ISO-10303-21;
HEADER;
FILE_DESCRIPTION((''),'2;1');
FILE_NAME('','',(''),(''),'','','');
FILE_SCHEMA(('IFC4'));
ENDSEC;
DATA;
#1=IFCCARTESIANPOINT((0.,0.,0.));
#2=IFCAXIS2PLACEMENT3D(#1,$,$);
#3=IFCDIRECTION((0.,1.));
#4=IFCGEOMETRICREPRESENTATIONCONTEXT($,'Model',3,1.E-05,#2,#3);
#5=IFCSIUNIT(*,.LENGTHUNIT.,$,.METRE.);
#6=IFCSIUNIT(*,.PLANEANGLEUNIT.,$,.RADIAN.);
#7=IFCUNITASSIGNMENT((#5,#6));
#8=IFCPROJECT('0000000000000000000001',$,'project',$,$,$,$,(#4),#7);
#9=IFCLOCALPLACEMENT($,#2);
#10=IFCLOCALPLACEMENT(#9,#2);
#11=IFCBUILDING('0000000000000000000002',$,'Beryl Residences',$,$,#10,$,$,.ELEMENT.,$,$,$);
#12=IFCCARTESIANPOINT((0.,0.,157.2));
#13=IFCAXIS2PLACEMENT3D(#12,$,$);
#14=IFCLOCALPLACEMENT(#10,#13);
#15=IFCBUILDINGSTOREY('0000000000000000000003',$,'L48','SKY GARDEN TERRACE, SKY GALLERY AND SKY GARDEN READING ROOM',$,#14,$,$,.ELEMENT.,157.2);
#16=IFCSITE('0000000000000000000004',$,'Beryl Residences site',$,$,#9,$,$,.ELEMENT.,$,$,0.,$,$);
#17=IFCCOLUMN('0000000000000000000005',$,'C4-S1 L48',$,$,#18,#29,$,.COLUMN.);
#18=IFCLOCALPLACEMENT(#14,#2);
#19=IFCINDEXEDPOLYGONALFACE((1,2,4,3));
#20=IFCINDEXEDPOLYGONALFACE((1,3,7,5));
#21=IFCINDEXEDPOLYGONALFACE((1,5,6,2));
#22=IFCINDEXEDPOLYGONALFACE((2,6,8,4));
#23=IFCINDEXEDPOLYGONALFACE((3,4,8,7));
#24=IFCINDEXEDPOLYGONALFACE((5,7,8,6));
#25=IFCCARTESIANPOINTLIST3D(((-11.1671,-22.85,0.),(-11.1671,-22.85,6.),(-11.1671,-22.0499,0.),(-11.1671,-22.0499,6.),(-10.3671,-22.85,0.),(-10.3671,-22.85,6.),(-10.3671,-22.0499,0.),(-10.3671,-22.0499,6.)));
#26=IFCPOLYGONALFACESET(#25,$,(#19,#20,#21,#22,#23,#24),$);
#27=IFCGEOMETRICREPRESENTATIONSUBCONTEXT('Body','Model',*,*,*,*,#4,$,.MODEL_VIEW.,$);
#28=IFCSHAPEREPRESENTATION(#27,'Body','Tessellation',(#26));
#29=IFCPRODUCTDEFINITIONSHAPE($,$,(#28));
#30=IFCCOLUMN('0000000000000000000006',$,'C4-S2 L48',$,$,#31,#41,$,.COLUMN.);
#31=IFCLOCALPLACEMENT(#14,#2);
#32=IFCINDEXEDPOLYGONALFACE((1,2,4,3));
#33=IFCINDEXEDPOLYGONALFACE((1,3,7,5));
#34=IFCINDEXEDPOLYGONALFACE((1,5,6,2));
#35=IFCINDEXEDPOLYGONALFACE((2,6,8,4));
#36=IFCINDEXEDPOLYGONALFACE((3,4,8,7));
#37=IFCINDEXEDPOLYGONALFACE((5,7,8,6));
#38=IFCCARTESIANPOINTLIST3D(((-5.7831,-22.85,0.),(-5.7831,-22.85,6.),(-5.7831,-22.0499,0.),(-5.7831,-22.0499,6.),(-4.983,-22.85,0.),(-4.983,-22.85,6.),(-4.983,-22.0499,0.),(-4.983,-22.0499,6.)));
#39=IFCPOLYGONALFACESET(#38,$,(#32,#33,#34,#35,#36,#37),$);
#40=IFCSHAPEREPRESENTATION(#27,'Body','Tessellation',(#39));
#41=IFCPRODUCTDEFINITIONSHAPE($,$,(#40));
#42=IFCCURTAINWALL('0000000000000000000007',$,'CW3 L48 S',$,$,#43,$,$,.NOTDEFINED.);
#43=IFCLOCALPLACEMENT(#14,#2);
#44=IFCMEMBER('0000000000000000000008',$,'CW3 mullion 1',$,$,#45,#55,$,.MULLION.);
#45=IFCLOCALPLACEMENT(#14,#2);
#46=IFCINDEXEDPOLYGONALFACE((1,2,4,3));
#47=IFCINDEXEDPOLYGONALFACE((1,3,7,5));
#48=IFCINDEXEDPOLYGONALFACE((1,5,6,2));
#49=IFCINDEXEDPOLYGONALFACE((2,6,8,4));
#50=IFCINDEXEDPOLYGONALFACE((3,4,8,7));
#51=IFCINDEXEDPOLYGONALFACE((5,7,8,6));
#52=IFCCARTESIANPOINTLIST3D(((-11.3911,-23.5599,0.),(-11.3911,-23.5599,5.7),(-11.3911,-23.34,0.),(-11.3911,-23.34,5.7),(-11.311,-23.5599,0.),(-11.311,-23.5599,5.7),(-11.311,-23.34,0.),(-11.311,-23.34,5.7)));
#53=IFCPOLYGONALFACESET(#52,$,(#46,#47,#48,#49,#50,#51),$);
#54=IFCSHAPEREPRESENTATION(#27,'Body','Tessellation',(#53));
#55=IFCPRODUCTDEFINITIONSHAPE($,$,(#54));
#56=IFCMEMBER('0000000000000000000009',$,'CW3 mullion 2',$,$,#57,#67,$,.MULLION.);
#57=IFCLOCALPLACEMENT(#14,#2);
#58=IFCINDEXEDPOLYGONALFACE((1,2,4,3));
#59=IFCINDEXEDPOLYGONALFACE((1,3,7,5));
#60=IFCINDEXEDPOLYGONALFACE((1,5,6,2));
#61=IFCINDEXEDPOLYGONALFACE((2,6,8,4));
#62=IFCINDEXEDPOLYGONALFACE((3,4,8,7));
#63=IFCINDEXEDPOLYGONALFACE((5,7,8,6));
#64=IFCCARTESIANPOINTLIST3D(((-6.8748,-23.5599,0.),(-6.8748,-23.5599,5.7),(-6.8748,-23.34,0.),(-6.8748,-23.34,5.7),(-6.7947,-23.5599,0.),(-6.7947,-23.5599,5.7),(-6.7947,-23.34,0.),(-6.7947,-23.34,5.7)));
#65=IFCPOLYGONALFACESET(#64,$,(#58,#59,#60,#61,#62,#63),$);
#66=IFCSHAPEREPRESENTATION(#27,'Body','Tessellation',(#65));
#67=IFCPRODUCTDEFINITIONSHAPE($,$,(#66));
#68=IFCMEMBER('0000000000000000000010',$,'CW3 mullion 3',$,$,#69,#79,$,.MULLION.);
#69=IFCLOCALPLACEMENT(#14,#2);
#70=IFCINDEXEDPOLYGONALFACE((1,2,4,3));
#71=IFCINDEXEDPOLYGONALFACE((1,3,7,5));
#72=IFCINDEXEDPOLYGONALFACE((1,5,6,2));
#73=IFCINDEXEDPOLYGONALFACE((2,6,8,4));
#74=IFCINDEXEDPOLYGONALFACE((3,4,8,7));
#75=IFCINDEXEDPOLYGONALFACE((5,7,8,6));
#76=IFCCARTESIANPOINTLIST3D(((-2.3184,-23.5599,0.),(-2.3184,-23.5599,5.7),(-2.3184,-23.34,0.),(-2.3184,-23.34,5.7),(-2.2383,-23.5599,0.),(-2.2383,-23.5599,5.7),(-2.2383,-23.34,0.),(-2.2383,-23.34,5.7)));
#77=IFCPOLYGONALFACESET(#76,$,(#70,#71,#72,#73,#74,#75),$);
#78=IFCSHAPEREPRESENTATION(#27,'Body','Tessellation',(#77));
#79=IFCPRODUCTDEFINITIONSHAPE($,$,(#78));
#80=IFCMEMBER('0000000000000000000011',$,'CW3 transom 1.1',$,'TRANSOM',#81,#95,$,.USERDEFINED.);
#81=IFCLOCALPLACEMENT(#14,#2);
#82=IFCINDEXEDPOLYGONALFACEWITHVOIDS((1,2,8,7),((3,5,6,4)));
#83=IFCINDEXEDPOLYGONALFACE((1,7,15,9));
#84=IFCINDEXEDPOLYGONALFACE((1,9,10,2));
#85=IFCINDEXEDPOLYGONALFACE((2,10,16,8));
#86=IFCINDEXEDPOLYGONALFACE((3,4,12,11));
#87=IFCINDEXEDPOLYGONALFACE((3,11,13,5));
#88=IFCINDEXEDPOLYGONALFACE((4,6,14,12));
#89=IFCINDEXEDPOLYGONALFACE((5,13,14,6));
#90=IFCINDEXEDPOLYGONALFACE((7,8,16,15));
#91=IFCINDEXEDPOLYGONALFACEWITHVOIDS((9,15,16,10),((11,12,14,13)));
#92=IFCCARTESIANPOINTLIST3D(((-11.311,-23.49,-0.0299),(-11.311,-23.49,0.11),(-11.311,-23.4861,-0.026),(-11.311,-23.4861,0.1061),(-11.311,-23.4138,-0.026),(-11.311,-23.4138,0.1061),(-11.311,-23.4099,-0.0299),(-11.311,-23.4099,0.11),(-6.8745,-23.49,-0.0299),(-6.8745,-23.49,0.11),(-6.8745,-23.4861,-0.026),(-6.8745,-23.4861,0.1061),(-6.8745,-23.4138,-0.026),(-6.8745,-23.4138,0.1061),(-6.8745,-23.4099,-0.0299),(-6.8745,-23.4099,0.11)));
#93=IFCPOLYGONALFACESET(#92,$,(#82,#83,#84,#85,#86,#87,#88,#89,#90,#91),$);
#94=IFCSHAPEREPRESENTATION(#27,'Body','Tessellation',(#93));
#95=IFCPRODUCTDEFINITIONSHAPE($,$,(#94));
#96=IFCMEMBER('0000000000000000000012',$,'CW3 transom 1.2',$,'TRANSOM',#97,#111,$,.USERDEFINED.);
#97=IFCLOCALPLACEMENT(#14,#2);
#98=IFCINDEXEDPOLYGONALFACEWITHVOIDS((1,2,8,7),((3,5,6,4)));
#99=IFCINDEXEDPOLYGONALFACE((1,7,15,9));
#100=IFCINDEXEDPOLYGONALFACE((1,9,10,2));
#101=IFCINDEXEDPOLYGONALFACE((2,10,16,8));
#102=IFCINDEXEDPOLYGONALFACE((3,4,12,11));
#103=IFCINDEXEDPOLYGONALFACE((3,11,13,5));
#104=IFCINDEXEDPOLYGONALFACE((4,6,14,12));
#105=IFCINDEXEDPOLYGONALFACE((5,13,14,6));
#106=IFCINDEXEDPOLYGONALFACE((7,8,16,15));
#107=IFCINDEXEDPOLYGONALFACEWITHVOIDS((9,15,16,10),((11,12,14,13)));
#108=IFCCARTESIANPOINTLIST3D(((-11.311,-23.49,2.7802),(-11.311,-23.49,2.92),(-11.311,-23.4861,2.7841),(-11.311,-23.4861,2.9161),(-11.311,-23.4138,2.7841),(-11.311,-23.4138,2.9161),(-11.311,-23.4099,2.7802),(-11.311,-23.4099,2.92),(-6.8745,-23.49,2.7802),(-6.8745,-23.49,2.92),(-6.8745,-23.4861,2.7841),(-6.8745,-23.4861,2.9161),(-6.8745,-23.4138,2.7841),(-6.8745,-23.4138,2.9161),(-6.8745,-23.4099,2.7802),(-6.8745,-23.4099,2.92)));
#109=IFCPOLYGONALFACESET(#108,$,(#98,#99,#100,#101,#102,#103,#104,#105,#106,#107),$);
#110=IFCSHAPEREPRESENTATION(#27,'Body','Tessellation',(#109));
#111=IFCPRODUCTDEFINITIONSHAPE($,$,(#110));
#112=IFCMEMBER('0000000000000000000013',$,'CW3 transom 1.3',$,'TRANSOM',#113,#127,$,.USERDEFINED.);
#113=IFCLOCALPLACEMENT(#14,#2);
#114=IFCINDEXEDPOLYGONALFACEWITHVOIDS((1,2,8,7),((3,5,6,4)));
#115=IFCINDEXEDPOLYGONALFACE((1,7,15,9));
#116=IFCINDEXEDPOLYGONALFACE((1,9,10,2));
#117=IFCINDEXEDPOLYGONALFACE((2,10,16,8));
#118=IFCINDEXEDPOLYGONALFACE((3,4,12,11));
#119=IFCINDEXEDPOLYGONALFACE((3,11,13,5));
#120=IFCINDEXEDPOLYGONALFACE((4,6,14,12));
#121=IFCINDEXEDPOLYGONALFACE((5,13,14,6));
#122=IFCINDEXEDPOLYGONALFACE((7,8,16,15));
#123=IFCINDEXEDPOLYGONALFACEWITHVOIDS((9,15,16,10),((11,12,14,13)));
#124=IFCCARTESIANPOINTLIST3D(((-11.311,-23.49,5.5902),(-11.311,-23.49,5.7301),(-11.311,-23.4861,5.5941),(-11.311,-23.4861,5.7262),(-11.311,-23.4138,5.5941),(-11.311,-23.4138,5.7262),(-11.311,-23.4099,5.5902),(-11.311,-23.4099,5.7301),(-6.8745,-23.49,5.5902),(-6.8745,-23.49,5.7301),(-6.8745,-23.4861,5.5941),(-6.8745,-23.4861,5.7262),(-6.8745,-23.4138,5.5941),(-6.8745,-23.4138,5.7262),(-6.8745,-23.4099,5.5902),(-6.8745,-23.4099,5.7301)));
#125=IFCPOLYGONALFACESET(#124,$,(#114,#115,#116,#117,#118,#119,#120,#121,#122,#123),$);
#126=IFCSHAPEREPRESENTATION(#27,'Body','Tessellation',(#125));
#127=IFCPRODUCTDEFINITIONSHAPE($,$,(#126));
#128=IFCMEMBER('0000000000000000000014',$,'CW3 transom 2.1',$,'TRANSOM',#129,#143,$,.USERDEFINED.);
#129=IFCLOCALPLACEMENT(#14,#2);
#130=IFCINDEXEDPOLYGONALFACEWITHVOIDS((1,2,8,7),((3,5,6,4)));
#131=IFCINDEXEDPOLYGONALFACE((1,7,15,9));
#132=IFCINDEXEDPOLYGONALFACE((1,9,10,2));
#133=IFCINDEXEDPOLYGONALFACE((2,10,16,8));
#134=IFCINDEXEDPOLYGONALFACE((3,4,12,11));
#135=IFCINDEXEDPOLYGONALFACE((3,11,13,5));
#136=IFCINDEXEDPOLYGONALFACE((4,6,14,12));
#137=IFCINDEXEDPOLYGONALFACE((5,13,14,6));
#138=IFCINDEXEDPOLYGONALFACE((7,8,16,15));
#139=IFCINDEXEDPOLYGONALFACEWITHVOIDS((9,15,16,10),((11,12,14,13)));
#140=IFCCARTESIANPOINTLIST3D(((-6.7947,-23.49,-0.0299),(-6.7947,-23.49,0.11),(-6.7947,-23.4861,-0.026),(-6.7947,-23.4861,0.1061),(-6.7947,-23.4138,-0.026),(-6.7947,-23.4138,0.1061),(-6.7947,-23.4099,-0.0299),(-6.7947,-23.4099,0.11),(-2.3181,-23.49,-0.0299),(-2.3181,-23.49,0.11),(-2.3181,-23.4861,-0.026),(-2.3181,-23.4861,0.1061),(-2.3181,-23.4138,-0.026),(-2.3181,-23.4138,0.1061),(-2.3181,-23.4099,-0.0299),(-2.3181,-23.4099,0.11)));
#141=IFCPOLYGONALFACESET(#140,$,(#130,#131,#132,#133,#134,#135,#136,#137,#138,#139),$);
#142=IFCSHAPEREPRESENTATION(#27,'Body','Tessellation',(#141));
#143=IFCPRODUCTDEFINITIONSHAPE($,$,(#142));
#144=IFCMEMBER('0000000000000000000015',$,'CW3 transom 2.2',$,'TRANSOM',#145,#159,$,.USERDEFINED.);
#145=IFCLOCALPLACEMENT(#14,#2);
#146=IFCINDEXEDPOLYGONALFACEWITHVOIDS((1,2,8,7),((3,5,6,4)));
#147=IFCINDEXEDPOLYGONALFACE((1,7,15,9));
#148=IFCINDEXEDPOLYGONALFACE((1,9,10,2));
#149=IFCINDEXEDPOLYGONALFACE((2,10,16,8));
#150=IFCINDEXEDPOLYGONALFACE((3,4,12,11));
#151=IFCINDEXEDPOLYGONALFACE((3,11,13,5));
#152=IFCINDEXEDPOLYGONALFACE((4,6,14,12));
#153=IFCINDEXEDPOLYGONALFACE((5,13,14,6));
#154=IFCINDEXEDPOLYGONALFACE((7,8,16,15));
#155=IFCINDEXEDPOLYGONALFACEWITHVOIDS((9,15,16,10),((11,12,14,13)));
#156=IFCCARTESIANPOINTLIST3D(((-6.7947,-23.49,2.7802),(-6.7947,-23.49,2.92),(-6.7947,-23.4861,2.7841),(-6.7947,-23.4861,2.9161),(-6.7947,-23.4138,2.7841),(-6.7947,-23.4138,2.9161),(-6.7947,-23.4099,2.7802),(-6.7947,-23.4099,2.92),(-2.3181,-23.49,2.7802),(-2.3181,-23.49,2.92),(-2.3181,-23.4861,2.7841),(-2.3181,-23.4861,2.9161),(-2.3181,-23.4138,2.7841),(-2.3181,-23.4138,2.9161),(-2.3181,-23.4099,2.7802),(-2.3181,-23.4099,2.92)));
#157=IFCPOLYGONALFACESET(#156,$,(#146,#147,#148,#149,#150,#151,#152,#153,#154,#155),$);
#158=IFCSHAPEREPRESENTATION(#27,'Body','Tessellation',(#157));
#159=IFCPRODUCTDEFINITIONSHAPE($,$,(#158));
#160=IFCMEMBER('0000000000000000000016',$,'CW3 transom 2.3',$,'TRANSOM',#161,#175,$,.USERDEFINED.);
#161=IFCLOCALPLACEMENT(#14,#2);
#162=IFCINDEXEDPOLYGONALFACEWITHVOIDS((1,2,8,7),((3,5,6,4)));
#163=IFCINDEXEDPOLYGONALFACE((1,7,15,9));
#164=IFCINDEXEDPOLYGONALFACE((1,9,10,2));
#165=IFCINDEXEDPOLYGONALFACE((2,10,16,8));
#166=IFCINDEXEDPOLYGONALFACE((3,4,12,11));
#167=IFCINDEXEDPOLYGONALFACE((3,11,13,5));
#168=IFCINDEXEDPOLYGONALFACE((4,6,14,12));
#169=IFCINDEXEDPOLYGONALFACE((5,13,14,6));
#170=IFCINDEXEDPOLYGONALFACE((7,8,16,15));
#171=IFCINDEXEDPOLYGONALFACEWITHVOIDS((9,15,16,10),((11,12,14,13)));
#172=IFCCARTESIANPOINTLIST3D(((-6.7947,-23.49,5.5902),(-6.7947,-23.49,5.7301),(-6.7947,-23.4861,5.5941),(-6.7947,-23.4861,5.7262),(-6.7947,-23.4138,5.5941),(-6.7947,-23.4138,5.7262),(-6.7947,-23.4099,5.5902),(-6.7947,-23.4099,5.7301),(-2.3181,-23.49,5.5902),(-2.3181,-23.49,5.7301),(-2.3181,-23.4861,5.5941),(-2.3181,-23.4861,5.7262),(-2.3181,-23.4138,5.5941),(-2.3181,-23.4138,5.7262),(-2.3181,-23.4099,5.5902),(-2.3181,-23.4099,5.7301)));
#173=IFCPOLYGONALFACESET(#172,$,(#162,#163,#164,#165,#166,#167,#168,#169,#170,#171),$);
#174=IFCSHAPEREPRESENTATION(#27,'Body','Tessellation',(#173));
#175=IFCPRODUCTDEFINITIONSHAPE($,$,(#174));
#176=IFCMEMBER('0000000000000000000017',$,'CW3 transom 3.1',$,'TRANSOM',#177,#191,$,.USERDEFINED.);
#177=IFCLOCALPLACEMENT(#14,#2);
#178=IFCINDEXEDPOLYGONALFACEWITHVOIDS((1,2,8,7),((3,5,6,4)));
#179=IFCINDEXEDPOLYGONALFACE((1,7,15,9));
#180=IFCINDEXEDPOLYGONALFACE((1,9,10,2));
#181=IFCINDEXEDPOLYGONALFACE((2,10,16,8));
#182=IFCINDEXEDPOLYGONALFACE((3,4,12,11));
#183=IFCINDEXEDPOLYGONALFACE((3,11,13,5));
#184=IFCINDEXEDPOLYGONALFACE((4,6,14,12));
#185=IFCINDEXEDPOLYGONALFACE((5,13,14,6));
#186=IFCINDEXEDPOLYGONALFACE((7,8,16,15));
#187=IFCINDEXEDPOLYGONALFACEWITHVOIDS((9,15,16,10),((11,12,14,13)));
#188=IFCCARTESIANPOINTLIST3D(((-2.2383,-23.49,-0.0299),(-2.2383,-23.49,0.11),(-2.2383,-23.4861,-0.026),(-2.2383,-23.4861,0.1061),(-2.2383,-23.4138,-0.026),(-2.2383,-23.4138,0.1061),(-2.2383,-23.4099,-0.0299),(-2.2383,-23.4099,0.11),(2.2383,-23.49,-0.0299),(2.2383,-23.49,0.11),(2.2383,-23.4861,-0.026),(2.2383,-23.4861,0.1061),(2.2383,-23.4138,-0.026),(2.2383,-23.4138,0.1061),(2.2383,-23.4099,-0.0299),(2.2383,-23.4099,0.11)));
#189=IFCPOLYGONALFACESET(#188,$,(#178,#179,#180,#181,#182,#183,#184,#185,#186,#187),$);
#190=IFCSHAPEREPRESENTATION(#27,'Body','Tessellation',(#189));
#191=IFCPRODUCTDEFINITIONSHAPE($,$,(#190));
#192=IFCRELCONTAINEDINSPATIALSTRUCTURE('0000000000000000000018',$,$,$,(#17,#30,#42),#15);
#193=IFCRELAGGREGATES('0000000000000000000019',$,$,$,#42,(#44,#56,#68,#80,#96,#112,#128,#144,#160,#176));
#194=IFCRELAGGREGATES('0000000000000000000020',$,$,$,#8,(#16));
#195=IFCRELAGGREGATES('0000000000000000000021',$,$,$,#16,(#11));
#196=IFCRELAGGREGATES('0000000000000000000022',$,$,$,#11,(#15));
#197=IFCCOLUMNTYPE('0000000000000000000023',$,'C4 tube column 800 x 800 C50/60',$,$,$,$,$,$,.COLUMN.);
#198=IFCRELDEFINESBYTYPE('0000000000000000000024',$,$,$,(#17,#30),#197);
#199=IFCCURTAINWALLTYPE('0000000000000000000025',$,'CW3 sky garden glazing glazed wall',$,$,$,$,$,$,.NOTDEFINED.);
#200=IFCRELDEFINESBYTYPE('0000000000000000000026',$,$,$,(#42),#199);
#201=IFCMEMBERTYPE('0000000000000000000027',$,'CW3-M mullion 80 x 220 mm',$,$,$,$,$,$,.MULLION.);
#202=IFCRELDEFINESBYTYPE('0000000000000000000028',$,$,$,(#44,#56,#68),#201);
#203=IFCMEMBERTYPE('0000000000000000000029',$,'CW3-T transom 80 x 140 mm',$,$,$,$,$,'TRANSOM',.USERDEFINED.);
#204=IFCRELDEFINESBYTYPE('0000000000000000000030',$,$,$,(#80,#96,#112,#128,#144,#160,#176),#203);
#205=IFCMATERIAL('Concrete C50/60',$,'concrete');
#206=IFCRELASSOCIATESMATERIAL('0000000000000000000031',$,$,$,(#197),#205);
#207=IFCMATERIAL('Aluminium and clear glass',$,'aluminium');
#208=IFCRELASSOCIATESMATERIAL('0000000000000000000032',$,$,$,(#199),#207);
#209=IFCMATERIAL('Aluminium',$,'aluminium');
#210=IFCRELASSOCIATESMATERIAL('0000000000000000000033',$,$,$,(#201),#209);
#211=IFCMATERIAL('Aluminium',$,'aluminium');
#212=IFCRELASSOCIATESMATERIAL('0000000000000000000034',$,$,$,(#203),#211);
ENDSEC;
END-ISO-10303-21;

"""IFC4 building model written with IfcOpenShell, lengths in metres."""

from ifc_helpers import new_model, si_unit, direction, frame, origin, origin_2d, place, context, subcontext, project, spatial, rectangle, hollow_rectangle, extrude, material, material_profile, profile_set, type_object, element, aggregate, save


model = new_model("IFC4")

# Units and contexts
model_context = context("Model", 3, precision=1e-05, world=origin(), true_north=direction((0.0, 1.0)))
body_context = subcontext(model_context, "Body", "Model", "MODEL_VIEW")
ifc_project = project(units=[si_unit("LENGTHUNIT", "METRE"), si_unit("PLANEANGLEUNIT", "RADIAN")], contexts=[model_context])

# Site, building, storey
site_placement = place(None, origin())
site = spatial("IfcSite", under=ifc_project, at=site_placement, Name="Beryl Residences site", CompositionType="ELEMENT", RefElevation=0.0)
building_placement = place(site_placement, origin())
building = spatial("IfcBuilding", under=site, at=building_placement, Name="Beryl Residences", CompositionType="ELEMENT")
storey_placement = place(building_placement, frame((0.0, 0.0, 157.2)))
storey = spatial("IfcBuildingStorey", under=building, at=storey_placement, Name="L48", Description="SKY GARDEN TERRACE, SKY GALLERY AND SKY GARDEN READING ROOM", CompositionType="ELEMENT", Elevation=157.2)

# Columns
ifc_material_1 = material(Name="Concrete C50/60", Category="concrete")
ifc_material_profile_1 = material_profile(ifc_material_1, rectangle(XDim=0.8, YDim=0.8, at=origin_2d()))
ifc_profile_set_1 = profile_set([ifc_material_profile_1], Name="Concrete C50/60")
column_type = type_object("IfcColumnType", Name="C4 tube column 800 x 800 C50/60", PredefinedType="COLUMN", material=ifc_profile_set_1)
for number, where, z_axis, x_axis, name in (
    (1, (-10.7671, -22.45, 0.0), (0.0, 0.0, 1.0), (1.0, 0.0, 0.0), "C4-S1 L48"),
    (2, (-5.3831, -22.45, 0.0), (0.0, 0.0, 1.0), (1.0, 0.0, 0.0), "C4-S2 L48"),
):
    element("IfcColumn", number, at=place(storey_placement, frame(where, z_axis=z_axis, x_axis=x_axis)), inside=storey, type_object=column_type, Name=name, PredefinedType="COLUMN", context=body_context, shape_type="SweptSolid", body=[
        extrude(rectangle(XDim=0.8, YDim=0.8, at=origin_2d()), origin(), (0.0, 0.0, 1.0), 6.0),
    ])

# Curtain wall, members
ifc_material_2 = material(Name="Aluminium and clear glass", Category="aluminium")
curtain_wall_type = type_object("IfcCurtainWallType", Name="CW3 sky garden glazing glazed wall", PredefinedType="NOTDEFINED", material=ifc_material_2)
curtain_wall_placement = place(storey_placement, origin())
curtain_wall = element("IfcCurtainWall", 3, at=curtain_wall_placement, inside=storey, type_object=curtain_wall_type, Name="CW3 L48 S", PredefinedType="NOTDEFINED")
ifc_material_3 = material(Name="Aluminium", Category="aluminium")
ifc_material_profile_2 = material_profile(ifc_material_3, rectangle(XDim=0.0801, YDim=0.22, at=origin_2d()))
ifc_profile_set_2 = profile_set([ifc_material_profile_2], Name="Aluminium")
member_type_1 = type_object("IfcMemberType", Name="CW3-M mullion 80 x 220 mm", PredefinedType="MULLION", material=ifc_profile_set_2)
member_1_placement = place(storey_placement, frame((-11.3511, -23.45, 0.0), z_axis=(0.0, 0.0, 1.0), x_axis=(1.0, 0.0, 0.0)))
member_1 = element("IfcMember", 4, at=member_1_placement, type_object=member_type_1, Name="CW3 mullion 1", PredefinedType="MULLION", context=body_context, shape_type="SweptSolid", body=[
    extrude(rectangle(XDim=0.0801, YDim=0.22, at=origin_2d()), origin(), (0.0, 0.0, 1.0), 5.7),
])
member_2_placement = place(storey_placement, frame((-6.8347, -23.45, 0.0), z_axis=(0.0, 0.0, 1.0), x_axis=(1.0, 0.0, 0.0)))
member_2 = element("IfcMember", 5, at=member_2_placement, type_object=member_type_1, Name="CW3 mullion 2", PredefinedType="MULLION", context=body_context, shape_type="SweptSolid", body=[
    extrude(rectangle(XDim=0.0801, YDim=0.22, at=origin_2d()), origin(), (0.0, 0.0, 1.0), 5.7),
])
member_3_placement = place(storey_placement, frame((-2.2783, -23.45, 0.0), z_axis=(0.0, 0.0, 1.0), x_axis=(1.0, 0.0, 0.0)))
member_3 = element("IfcMember", 6, at=member_3_placement, type_object=member_type_1, Name="CW3 mullion 3", PredefinedType="MULLION", context=body_context, shape_type="SweptSolid", body=[
    extrude(rectangle(XDim=0.0801, YDim=0.22, at=origin_2d()), origin(), (0.0, 0.0, 1.0), 5.7),
])
ifc_material_4 = material(Name="Aluminium", Category="aluminium")
ifc_material_profile_3 = material_profile(ifc_material_4, hollow_rectangle(XDim=0.0801, YDim=0.1399, WallThickness=0.0039, at=origin_2d()))
ifc_profile_set_3 = profile_set([ifc_material_profile_3], Name="Aluminium")
member_type_2 = type_object("IfcMemberType", Name="CW3-T transom 80 x 140 mm", ElementType="TRANSOM", PredefinedType="USERDEFINED", material=ifc_profile_set_3)
member_4_placement = place(storey_placement, frame((-11.311, -23.45, 0.04), z_axis=(1.0, 0.0, 0.0), x_axis=(0.0, 1.0, 0.0)))
member_4 = element("IfcMember", 7, at=member_4_placement, type_object=member_type_2, Name="CW3 transom 1.1", ObjectType="TRANSOM", PredefinedType="USERDEFINED", context=body_context, shape_type="SweptSolid", body=[
    extrude(hollow_rectangle(XDim=0.0801, YDim=0.1399, WallThickness=0.0039, at=origin_2d()), origin(), (0.0, 0.0, 1.0), 4.4365),
])
member_5_placement = place(storey_placement, frame((-11.311, -23.45, 2.8501), z_axis=(1.0, 0.0, 0.0), x_axis=(0.0, 1.0, 0.0)))
member_5 = element("IfcMember", 8, at=member_5_placement, type_object=member_type_2, Name="CW3 transom 1.2", ObjectType="TRANSOM", PredefinedType="USERDEFINED", context=body_context, shape_type="SweptSolid", body=[
    extrude(hollow_rectangle(XDim=0.0801, YDim=0.1399, WallThickness=0.0039, at=origin_2d()), origin(), (0.0, 0.0, 1.0), 4.4365),
])
member_6_placement = place(storey_placement, frame((-11.311, -23.45, 5.6602), z_axis=(1.0, 0.0, 0.0), x_axis=(0.0, 1.0, 0.0)))
member_6 = element("IfcMember", 9, at=member_6_placement, type_object=member_type_2, Name="CW3 transom 1.3", ObjectType="TRANSOM", PredefinedType="USERDEFINED", context=body_context, shape_type="SweptSolid", body=[
    extrude(hollow_rectangle(XDim=0.0801, YDim=0.1399, WallThickness=0.0039, at=origin_2d()), origin(), (0.0, 0.0, 1.0), 4.4365),
])
member_7_placement = place(storey_placement, frame((-6.7947, -23.45, 0.04), z_axis=(1.0, 0.0, 0.0), x_axis=(0.0, 1.0, 0.0)))
member_7 = element("IfcMember", 10, at=member_7_placement, type_object=member_type_2, Name="CW3 transom 2.1", ObjectType="TRANSOM", PredefinedType="USERDEFINED", context=body_context, shape_type="SweptSolid", body=[
    extrude(hollow_rectangle(XDim=0.0801, YDim=0.1399, WallThickness=0.0039, at=origin_2d()), origin(), (0.0, 0.0, 1.0), 4.4766),
])
member_8_placement = place(storey_placement, frame((-6.7947, -23.45, 2.8501), z_axis=(1.0, 0.0, 0.0), x_axis=(0.0, 1.0, 0.0)))
member_8 = element("IfcMember", 11, at=member_8_placement, type_object=member_type_2, Name="CW3 transom 2.2", ObjectType="TRANSOM", PredefinedType="USERDEFINED", context=body_context, shape_type="SweptSolid", body=[
    extrude(hollow_rectangle(XDim=0.0801, YDim=0.1399, WallThickness=0.0039, at=origin_2d()), origin(), (0.0, 0.0, 1.0), 4.4766),
])
member_9_placement = place(storey_placement, frame((-6.7947, -23.45, 5.6602), z_axis=(1.0, 0.0, 0.0), x_axis=(0.0, 1.0, 0.0)))
member_9 = element("IfcMember", 12, at=member_9_placement, type_object=member_type_2, Name="CW3 transom 2.3", ObjectType="TRANSOM", PredefinedType="USERDEFINED", context=body_context, shape_type="SweptSolid", body=[
    extrude(hollow_rectangle(XDim=0.0801, YDim=0.1399, WallThickness=0.0039, at=origin_2d()), origin(), (0.0, 0.0, 1.0), 4.4766),
])
member_10_placement = place(storey_placement, frame((-2.2383, -23.45, 0.04), z_axis=(1.0, 0.0, 0.0), x_axis=(0.0, 1.0, 0.0)))
member_10 = element("IfcMember", 13, at=member_10_placement, type_object=member_type_2, Name="CW3 transom 3.1", ObjectType="TRANSOM", PredefinedType="USERDEFINED", context=body_context, shape_type="SweptSolid", body=[
    extrude(hollow_rectangle(XDim=0.0801, YDim=0.1399, WallThickness=0.0039, at=origin_2d()), origin(), (0.0, 0.0, 1.0), 4.4766),
])
aggregate(curtain_wall, [member_1, member_2, member_3, member_4, member_5, member_6, member_7, member_8, member_9, member_10])

save(model, "model.ifc")
